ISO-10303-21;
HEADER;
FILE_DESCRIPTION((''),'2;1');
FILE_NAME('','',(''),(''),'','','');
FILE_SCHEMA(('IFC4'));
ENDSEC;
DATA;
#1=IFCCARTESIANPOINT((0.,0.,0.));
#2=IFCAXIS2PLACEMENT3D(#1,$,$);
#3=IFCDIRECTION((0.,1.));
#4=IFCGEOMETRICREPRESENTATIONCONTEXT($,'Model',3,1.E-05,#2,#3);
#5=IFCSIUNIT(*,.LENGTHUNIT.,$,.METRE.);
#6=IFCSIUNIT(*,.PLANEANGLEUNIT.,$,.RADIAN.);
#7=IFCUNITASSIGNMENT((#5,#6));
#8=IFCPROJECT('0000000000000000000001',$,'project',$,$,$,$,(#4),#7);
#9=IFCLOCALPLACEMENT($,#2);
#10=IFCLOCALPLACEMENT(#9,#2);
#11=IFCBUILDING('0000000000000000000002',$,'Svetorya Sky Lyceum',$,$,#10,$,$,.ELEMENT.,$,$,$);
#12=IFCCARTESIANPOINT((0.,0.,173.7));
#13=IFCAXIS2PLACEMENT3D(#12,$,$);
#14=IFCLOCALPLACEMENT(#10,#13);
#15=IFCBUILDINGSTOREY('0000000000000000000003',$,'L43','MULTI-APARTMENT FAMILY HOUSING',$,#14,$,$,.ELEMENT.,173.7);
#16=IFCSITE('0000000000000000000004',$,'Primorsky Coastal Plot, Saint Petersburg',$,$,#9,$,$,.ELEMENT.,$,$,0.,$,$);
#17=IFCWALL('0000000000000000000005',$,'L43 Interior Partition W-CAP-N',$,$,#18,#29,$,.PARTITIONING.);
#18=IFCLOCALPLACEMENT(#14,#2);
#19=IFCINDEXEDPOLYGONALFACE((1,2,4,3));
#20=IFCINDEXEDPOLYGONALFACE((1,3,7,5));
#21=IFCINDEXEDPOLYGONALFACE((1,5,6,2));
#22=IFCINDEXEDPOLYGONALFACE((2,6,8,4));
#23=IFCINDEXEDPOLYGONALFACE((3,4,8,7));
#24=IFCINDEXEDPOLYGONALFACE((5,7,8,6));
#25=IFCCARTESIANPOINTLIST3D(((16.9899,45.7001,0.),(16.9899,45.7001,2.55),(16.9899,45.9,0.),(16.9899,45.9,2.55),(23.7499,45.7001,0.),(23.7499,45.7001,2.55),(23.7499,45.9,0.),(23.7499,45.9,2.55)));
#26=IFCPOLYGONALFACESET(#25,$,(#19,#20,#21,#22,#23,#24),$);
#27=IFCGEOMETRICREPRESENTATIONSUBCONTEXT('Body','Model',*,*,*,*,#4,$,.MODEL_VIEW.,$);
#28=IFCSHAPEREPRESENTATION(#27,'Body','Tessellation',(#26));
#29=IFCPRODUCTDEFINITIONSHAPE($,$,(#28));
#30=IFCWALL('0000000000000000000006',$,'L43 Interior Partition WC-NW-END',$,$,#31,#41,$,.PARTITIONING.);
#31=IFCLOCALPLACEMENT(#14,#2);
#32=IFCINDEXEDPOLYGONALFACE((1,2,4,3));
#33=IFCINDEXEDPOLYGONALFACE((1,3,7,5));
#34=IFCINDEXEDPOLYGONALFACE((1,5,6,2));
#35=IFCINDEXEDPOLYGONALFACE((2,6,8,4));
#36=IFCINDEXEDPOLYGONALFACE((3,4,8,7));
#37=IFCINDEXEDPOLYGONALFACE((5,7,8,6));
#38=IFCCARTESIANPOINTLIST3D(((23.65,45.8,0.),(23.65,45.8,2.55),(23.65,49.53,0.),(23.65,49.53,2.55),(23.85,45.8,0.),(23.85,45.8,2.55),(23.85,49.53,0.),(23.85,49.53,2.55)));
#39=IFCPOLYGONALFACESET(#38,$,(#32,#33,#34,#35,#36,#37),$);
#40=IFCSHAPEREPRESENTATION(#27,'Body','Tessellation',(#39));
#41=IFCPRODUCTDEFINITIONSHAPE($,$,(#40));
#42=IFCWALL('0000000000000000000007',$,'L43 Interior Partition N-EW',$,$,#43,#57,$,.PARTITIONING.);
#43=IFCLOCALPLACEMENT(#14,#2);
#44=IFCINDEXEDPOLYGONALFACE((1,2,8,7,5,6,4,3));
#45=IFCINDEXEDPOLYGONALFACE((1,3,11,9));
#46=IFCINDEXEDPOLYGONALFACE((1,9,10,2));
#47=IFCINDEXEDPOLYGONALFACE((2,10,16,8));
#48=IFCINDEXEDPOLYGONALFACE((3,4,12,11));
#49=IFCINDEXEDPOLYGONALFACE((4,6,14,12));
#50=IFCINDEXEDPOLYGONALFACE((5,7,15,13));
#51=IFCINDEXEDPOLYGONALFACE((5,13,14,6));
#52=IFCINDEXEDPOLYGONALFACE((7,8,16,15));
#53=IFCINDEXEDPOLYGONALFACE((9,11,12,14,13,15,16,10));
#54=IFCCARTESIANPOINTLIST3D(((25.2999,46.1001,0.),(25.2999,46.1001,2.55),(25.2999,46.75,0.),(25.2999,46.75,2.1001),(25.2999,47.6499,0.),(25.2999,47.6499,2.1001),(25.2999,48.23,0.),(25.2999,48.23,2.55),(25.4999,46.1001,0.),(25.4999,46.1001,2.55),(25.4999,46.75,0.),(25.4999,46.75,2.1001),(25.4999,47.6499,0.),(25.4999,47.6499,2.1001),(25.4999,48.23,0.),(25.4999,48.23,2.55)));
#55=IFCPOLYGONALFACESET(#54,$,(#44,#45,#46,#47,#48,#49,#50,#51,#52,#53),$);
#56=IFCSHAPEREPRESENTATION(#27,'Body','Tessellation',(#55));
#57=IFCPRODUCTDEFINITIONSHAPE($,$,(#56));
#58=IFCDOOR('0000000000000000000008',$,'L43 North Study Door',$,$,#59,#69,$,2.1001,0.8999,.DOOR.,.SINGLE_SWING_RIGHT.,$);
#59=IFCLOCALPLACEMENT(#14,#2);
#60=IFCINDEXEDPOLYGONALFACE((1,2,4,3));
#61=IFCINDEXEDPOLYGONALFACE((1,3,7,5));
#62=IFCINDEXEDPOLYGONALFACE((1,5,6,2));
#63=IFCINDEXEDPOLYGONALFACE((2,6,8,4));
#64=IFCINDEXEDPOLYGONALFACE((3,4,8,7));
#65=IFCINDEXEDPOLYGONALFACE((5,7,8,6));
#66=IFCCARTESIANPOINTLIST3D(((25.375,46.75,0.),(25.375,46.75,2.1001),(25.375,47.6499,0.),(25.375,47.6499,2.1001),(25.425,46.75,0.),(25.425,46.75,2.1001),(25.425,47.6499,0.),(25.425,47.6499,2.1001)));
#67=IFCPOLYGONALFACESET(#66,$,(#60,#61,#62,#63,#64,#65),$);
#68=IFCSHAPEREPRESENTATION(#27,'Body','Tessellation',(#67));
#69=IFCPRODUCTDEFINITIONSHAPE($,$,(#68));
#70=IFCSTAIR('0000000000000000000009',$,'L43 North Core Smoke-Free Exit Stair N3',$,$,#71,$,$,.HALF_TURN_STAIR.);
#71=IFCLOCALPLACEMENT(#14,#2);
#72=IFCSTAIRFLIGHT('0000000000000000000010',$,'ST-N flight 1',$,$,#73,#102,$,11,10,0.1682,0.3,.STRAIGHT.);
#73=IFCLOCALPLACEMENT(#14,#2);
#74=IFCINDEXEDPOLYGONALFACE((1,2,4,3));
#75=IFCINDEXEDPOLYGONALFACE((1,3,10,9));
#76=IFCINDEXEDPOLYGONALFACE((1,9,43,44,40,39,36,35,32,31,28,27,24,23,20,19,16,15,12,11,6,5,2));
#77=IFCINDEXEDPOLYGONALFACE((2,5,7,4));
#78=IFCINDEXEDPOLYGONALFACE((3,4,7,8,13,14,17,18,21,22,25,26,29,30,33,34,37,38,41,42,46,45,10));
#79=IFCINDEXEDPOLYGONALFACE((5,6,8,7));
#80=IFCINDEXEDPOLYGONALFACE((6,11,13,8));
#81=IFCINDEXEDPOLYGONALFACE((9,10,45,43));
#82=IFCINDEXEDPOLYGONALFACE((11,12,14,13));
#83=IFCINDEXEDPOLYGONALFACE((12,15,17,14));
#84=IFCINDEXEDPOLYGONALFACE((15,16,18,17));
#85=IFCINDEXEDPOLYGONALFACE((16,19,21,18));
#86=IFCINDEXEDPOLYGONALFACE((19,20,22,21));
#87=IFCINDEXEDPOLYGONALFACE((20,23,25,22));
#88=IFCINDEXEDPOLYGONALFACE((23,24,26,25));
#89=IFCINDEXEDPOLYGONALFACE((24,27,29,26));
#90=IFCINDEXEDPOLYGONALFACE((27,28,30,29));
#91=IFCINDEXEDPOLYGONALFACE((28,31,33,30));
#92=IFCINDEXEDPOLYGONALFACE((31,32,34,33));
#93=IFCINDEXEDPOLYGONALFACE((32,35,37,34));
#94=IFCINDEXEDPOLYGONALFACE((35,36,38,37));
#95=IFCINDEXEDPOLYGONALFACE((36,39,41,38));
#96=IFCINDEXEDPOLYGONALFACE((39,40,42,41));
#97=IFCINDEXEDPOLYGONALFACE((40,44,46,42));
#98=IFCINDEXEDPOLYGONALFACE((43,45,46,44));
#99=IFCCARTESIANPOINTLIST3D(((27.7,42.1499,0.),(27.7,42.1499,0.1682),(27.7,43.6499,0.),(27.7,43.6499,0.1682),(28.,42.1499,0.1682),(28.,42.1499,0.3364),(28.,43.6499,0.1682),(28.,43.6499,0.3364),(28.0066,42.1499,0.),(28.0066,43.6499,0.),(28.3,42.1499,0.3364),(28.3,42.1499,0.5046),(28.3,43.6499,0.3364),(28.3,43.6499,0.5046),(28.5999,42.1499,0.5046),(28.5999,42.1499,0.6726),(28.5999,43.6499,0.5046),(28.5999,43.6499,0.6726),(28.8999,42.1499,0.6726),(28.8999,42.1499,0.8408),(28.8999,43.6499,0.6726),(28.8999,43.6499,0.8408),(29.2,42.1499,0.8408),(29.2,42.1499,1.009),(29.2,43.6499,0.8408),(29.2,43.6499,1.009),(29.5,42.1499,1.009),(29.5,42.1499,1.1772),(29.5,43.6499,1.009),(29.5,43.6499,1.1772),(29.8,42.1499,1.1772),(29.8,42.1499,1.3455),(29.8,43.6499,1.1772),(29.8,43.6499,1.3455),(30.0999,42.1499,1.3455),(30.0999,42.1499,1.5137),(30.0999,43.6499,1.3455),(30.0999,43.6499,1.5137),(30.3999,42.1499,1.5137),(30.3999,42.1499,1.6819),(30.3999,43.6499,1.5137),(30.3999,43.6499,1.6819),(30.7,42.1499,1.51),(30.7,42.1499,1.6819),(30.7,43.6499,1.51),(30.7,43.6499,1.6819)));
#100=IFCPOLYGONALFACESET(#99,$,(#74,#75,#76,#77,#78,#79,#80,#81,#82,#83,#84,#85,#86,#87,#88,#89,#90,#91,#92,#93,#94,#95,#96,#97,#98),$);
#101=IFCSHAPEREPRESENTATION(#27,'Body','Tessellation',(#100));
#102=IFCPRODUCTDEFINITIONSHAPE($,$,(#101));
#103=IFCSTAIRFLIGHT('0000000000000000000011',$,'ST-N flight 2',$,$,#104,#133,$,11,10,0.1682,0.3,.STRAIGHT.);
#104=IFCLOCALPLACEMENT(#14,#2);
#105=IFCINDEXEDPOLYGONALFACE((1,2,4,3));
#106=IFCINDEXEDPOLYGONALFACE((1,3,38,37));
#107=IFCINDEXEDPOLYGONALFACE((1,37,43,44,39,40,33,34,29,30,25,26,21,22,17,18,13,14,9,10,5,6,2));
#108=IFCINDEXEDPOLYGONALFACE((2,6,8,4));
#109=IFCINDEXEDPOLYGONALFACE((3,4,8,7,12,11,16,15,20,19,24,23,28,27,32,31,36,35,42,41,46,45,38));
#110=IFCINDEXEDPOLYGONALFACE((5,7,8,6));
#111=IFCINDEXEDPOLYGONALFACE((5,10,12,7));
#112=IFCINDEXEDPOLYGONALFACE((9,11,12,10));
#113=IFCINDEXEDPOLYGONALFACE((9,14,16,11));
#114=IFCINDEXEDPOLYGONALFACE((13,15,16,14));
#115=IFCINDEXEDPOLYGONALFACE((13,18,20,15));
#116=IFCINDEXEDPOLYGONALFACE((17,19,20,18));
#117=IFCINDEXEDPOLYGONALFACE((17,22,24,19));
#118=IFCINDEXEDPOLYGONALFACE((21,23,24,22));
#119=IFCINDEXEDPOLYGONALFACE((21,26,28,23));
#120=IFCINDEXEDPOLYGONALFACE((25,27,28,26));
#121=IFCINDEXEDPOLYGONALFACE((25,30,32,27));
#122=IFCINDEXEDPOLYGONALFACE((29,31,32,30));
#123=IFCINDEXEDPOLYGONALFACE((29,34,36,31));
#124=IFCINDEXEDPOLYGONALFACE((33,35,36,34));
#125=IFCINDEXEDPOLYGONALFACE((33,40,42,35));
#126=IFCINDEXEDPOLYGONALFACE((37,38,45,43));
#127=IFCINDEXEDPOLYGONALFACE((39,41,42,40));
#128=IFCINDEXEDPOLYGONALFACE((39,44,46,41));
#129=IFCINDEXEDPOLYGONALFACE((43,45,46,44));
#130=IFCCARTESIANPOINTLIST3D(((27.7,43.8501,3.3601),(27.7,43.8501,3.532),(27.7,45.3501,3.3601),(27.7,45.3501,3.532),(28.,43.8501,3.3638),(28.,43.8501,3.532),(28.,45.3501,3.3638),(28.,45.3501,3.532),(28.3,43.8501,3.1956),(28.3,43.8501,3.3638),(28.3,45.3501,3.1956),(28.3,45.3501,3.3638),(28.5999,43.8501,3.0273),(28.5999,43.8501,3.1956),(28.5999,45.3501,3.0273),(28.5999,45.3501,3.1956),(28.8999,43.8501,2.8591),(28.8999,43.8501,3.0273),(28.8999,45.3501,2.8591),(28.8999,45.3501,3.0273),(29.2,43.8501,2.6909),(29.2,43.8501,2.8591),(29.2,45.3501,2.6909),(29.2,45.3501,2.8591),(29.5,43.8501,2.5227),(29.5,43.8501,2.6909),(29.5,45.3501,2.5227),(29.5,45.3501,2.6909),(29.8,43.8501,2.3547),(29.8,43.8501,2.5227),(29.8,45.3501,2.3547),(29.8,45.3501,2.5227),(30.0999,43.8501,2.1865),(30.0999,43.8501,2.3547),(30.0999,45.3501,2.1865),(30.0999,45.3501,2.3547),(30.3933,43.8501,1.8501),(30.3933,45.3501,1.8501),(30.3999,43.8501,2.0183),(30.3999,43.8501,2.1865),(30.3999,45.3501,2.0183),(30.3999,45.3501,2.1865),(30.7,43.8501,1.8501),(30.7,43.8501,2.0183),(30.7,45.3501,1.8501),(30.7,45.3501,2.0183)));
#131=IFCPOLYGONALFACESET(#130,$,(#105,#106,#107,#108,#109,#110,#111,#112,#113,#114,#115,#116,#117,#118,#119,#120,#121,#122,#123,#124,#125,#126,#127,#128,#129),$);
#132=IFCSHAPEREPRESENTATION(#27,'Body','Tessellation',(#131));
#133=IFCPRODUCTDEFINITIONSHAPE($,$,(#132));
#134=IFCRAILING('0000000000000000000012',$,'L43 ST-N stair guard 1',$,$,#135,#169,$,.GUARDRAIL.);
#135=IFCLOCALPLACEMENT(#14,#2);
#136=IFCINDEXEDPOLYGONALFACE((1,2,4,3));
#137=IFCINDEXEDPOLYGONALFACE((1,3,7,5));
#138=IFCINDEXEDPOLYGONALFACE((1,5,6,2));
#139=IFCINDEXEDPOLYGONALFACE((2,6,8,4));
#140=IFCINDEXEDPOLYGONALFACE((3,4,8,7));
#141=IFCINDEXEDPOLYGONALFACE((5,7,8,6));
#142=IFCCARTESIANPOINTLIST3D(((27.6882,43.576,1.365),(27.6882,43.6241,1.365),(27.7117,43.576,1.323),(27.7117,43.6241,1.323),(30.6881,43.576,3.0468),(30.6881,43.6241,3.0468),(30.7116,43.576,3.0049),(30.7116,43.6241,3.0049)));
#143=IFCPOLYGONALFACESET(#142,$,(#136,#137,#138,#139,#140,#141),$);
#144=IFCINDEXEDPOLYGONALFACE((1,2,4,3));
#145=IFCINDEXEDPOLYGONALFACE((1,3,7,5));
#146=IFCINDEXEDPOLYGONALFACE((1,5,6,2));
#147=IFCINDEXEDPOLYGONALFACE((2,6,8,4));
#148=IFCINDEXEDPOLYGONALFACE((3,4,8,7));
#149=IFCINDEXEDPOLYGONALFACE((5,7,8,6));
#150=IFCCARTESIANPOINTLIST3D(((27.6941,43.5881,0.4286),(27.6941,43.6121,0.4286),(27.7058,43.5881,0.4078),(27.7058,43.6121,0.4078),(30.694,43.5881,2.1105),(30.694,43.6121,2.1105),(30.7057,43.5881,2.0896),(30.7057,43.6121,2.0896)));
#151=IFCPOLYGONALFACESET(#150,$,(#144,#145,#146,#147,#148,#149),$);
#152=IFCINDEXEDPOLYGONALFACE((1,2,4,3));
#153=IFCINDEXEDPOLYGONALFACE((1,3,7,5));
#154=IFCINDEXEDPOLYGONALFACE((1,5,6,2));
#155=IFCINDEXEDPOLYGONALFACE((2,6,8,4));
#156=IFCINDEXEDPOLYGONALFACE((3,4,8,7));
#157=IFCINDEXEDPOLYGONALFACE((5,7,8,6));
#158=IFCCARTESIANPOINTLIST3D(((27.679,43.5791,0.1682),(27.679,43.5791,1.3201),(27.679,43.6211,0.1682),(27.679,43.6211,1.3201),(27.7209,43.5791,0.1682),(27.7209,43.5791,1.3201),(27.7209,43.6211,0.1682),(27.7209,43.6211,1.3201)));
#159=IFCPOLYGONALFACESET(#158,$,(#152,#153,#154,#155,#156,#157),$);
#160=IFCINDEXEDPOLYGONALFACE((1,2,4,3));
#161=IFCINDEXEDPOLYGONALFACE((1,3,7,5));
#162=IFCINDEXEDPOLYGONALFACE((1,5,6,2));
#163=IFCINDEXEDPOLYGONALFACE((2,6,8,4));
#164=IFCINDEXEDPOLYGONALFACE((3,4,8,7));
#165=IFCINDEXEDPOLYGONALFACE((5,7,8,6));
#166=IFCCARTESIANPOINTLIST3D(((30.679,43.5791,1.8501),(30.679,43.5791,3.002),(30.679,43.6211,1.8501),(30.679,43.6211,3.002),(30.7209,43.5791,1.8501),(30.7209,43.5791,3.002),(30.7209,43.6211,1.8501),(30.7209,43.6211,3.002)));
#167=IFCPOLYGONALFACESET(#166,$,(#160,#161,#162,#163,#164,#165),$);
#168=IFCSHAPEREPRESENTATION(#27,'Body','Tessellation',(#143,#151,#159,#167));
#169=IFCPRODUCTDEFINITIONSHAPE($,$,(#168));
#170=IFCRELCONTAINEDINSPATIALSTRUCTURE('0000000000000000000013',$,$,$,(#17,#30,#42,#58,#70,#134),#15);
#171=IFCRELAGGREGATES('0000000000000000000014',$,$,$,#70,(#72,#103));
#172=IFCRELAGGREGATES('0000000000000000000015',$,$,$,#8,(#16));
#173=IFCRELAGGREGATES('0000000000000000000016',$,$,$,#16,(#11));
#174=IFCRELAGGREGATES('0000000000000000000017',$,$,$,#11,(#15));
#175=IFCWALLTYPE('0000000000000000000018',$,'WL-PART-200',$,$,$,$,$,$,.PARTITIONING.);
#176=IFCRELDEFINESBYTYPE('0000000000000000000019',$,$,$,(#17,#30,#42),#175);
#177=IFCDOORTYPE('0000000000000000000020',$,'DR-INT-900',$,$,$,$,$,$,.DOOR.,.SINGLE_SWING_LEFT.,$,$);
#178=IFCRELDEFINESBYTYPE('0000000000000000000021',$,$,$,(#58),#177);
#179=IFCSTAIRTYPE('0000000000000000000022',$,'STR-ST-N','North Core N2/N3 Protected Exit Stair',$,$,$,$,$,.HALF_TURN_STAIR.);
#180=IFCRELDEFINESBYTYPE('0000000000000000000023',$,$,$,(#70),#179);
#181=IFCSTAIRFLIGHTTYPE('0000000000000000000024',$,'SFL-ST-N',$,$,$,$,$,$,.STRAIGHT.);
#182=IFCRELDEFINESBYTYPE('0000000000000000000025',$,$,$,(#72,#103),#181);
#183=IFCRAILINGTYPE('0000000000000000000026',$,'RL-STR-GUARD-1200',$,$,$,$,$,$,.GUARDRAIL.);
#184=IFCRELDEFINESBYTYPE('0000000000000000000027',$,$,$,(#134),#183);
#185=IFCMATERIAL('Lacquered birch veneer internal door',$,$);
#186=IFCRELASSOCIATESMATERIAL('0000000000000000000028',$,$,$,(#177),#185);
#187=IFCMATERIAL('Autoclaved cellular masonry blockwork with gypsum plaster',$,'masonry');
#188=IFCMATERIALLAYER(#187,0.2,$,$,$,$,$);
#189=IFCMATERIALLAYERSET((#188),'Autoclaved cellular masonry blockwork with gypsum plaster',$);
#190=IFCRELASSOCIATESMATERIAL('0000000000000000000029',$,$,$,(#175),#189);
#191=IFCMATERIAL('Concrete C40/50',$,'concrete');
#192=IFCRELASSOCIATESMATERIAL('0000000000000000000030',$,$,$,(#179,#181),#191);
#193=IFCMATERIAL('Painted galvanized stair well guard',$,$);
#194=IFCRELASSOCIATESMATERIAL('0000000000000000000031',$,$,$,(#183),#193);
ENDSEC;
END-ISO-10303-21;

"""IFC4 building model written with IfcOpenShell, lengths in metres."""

from ifc_helpers import new_model, si_unit, direction, frame, frame_2d, origin, origin_2d, place, context, subcontext, project, spatial, polyline, rectangle, outline, extrude, material, layer, layer_set, type_object, element, fill, aggregate, save


model = new_model("IFC4")

# Units and contexts
model_context = context("Model", 3, precision=1e-05, world=origin(), true_north=direction((0.0, 1.0)))
body_context = subcontext(model_context, "Body", "Model", "MODEL_VIEW")
ifc_project = project(units=[si_unit("LENGTHUNIT", "METRE"), si_unit("PLANEANGLEUNIT", "RADIAN")], contexts=[model_context])

# Site, building, storey
site_placement = place(None, origin())
site = spatial("IfcSite", under=ifc_project, at=site_placement, Name="Primorsky Coastal Plot, Saint Petersburg", CompositionType="ELEMENT", RefElevation=0.0)
building_placement = place(site_placement, origin())
building = spatial("IfcBuilding", under=site, at=building_placement, Name="Svetorya Sky Lyceum", CompositionType="ELEMENT")
storey_placement = place(building_placement, frame((0.0, 0.0, 173.7)))
storey = spatial("IfcBuildingStorey", under=building, at=storey_placement, Name="L43", Description="MULTI-APARTMENT FAMILY HOUSING", CompositionType="ELEMENT", Elevation=173.7)

# Shared definitions
ifc_material_1 = material(Name="Lacquered birch veneer internal door")
door_type = type_object("IfcDoorType", Name="DR-INT-900", OperationType="SINGLE_SWING_LEFT", PredefinedType="DOOR", material=ifc_material_1)

# Walls
ifc_material_2 = material(Name="Autoclaved cellular masonry blockwork with gypsum plaster", Category="masonry")
ifc_layer_1 = layer(ifc_material_2, 0.2)
ifc_layer_set_1 = layer_set([ifc_layer_1], Name="Autoclaved cellular masonry blockwork with gypsum plaster")
wall_type_1 = type_object("IfcWallType", Name="WL-PART-200", PredefinedType="PARTITIONING", material=ifc_layer_set_1)
wall_1_placement = place(storey_placement, frame((16.99, 45.8, 0.0), z_axis=(0.0, 0.0, 1.0), x_axis=(1.0, 0.0, 0.0)))
element("IfcWall", 1, at=wall_1_placement, inside=storey, type_object=wall_type_1, Name="L43 Interior Partition W-CAP-N", PredefinedType="PARTITIONING", context=body_context, shape_type="SweptSolid", body=[
    extrude(rectangle(XDim=6.76, YDim=0.2, at=frame_2d((3.3799, 0.0))), origin(), (0.0, 0.0, 1.0), 2.55),
])
wall_2_placement = place(storey_placement, frame((23.75, 45.8, 0.0), z_axis=(0.0, 0.0, 1.0), x_axis=(0.0, 1.0, 0.0)))
element("IfcWall", 2, at=wall_2_placement, inside=storey, type_object=wall_type_1, Name="L43 Interior Partition WC-NW-END", PredefinedType="PARTITIONING", context=body_context, shape_type="SweptSolid", body=[
    extrude(rectangle(XDim=3.73, YDim=0.2, at=frame_2d((1.865, 0.0))), origin(), (0.0, 0.0, 1.0), 2.55),
])

# Wall, opening, door
wall_3_placement = place(storey_placement, frame((25.3999, 46.1001, 0.0), z_axis=(0.0, 0.0, 1.0), x_axis=(0.0, 1.0, 0.0)))
wall_3 = element("IfcWall", 3, at=wall_3_placement, inside=storey, type_object=wall_type_1, Name="L43 Interior Partition N-EW", PredefinedType="PARTITIONING", context=body_context, shape_type="SweptSolid", body=[
    extrude(rectangle(XDim=2.1299, YDim=0.2, at=frame_2d((1.0649, 0.0))), origin(), (0.0, 0.0, 1.0), 2.55),
])
opening_1_placement = place(wall_3_placement, frame((0.6499, 0.0, 0.0)))
opening_1 = element("IfcOpeningElement", 4, at=opening_1_placement, cuts=wall_3, PredefinedType="OPENING", context=body_context, shape_type="SweptSolid", body=[
    extrude(rectangle(XDim=0.8999, YDim=2.1001, at=frame_2d((0.45, 1.05))), frame((0.0, 0.1099, 0.0), z_axis=(0.0, -1.0, 0.0), x_axis=(1.0, 0.0, 0.0)), (0.0, 0.0, 1.0), 0.22),
])
door_1_placement = place(opening_1_placement, origin())
door_1 = element("IfcDoor", 5, at=door_1_placement, inside=storey, type_object=door_type, Name="L43 North Study Door", OperationType="SINGLE_SWING_RIGHT", OverallHeight=2.1001, OverallWidth=0.8999, PredefinedType="DOOR", context=body_context, shape_type="SweptSolid", body=[
    extrude(rectangle(XDim=0.8999, YDim=2.1001, at=frame_2d((0.45, 1.05))), frame((0.0, 0.0249, 0.0), z_axis=(0.0, -1.0, 0.0), x_axis=(1.0, 0.0, 0.0)), (0.0, 0.0, 1.0), 0.05),
])
fill(opening_1, door_1)

# Stair, stair flights
ifc_material_3 = material(Name="Concrete C40/50", Category="concrete")
stair_type = type_object("IfcStairType", Name="STR-ST-N", Description="North Core N2/N3 Protected Exit Stair", PredefinedType="HALF_TURN_STAIR", material=ifc_material_3)
stair_placement = place(storey_placement, origin())
stair = element("IfcStair", 6, at=stair_placement, inside=storey, type_object=stair_type, Name="L43 North Core Smoke-Free Exit Stair N3", PredefinedType="HALF_TURN_STAIR")
stair_flight_type = type_object("IfcStairFlightType", Name="SFL-ST-N", PredefinedType="STRAIGHT", material=ifc_material_3)
stair_flight_1_placement = place(storey_placement, frame((27.7, 42.8999, 0.0), z_axis=(0.0, 0.0, 1.0), x_axis=(1.0, 0.0, 0.0)))
stair_flight_1 = element("IfcStairFlight", 7, at=stair_flight_1_placement, type_object=stair_flight_type, Name="ST-N flight 1", NumberOfRisers=11, NumberOfTreads=10, PredefinedType="STRAIGHT", RiserHeight=0.1682, TreadLength=0.3, context=body_context, shape_type="SweptSolid", body=[
    extrude(outline(polyline([(0.0, 0.0), (0.0, 0.1682), (0.3, 0.1682), (0.3, 0.3364), (0.6001, 0.3364), (0.6001, 0.5046), (0.8999, 0.5046), (0.8999, 0.6726), (1.2, 0.6726), (1.2, 0.8408), (1.5, 0.8408), (1.5, 1.009), (1.8, 1.009), (1.8, 1.1772), (2.1001, 1.1772), (2.1001, 1.3455), (2.3999, 1.3455), (2.3999, 1.5137), (2.7, 1.5137), (2.7, 1.6819), (3.0, 1.6819), (3.0, 1.8501), (3.0, 1.51), (0.3066, 0.0), (0.0, 0.0)])), frame((0.0, 0.75, 0.0), z_axis=(0.0, -1.0, 0.0), x_axis=(1.0, 0.0, 0.0)), (0.0, 0.0, 1.0), 1.5),
])
stair_flight_2_placement = place(storey_placement, frame((30.7, 44.6001, 1.8501), z_axis=(0.0, 0.0, 1.0), x_axis=(-1.0, 0.0, 0.0)))
stair_flight_2 = element("IfcStairFlight", 8, at=stair_flight_2_placement, type_object=stair_flight_type, Name="ST-N flight 2", NumberOfRisers=11, NumberOfTreads=10, PredefinedType="STRAIGHT", RiserHeight=0.1682, TreadLength=0.3, context=body_context, shape_type="SweptSolid", body=[
    extrude(outline(polyline([(0.0, 0.0), (0.0, 0.1682), (0.3, 0.1682), (0.3, 0.3364), (0.6001, 0.3364), (0.6001, 0.5046), (0.8999, 0.5046), (0.8999, 0.6726), (1.2, 0.6726), (1.2, 0.8408), (1.5, 0.8408), (1.5, 1.009), (1.8, 1.009), (1.8, 1.1772), (2.1001, 1.1772), (2.1001, 1.3455), (2.3999, 1.3455), (2.3999, 1.5137), (2.7, 1.5137), (2.7, 1.6819), (3.0, 1.6819), (3.0, 1.8501), (3.0, 1.51), (0.3066, 0.0), (0.0, 0.0)])), frame((0.0, 0.75, 0.0), z_axis=(0.0, -1.0, 0.0), x_axis=(1.0, 0.0, 0.0)), (0.0, 0.0, 1.0), 1.5),
])
aggregate(stair, [stair_flight_1, stair_flight_2])

# Railing
ifc_material_4 = material(Name="Painted galvanized stair well guard")
railing_type_1 = type_object("IfcRailingType", Name="RL-STR-GUARD-1200", PredefinedType="GUARDRAIL", material=ifc_material_4)
railing_1_placement = place(storey_placement, frame((27.7, 43.6001, 0.1682)))
element("IfcRailing", 9, at=railing_1_placement, inside=storey, type_object=railing_type_1, Name="L43 ST-N stair guard 1", PredefinedType="GUARDRAIL", context=body_context, shape_type="SweptSolid", body=[
    extrude(rectangle(XDim=0.0481, YDim=0.0481, at=origin_2d()), frame((0.0, 0.0, 1.1758), z_axis=(0.872272, 0.0, 0.48902), x_axis=(0.0, 1.0, 0.0)), (0.0, 0.0, 1.0), 3.4392),
    extrude(rectangle(XDim=0.0239, YDim=0.0239, at=origin_2d()), frame((0.0, 0.0, 0.25), z_axis=(0.872272, 0.0, 0.48902), x_axis=(0.0, 1.0, 0.0)), (0.0, 0.0, 1.0), 3.4392),
    extrude(rectangle(XDim=0.042, YDim=0.042, at=origin_2d()), origin(), (0.0, 0.0, 1.0), 1.1519),
    extrude(rectangle(XDim=0.042, YDim=0.042, at=origin_2d()), frame((3.0, 0.0, 1.6819)), (0.0, 0.0, 1.0), 1.1519),
])

save(model, "model.ifc")
